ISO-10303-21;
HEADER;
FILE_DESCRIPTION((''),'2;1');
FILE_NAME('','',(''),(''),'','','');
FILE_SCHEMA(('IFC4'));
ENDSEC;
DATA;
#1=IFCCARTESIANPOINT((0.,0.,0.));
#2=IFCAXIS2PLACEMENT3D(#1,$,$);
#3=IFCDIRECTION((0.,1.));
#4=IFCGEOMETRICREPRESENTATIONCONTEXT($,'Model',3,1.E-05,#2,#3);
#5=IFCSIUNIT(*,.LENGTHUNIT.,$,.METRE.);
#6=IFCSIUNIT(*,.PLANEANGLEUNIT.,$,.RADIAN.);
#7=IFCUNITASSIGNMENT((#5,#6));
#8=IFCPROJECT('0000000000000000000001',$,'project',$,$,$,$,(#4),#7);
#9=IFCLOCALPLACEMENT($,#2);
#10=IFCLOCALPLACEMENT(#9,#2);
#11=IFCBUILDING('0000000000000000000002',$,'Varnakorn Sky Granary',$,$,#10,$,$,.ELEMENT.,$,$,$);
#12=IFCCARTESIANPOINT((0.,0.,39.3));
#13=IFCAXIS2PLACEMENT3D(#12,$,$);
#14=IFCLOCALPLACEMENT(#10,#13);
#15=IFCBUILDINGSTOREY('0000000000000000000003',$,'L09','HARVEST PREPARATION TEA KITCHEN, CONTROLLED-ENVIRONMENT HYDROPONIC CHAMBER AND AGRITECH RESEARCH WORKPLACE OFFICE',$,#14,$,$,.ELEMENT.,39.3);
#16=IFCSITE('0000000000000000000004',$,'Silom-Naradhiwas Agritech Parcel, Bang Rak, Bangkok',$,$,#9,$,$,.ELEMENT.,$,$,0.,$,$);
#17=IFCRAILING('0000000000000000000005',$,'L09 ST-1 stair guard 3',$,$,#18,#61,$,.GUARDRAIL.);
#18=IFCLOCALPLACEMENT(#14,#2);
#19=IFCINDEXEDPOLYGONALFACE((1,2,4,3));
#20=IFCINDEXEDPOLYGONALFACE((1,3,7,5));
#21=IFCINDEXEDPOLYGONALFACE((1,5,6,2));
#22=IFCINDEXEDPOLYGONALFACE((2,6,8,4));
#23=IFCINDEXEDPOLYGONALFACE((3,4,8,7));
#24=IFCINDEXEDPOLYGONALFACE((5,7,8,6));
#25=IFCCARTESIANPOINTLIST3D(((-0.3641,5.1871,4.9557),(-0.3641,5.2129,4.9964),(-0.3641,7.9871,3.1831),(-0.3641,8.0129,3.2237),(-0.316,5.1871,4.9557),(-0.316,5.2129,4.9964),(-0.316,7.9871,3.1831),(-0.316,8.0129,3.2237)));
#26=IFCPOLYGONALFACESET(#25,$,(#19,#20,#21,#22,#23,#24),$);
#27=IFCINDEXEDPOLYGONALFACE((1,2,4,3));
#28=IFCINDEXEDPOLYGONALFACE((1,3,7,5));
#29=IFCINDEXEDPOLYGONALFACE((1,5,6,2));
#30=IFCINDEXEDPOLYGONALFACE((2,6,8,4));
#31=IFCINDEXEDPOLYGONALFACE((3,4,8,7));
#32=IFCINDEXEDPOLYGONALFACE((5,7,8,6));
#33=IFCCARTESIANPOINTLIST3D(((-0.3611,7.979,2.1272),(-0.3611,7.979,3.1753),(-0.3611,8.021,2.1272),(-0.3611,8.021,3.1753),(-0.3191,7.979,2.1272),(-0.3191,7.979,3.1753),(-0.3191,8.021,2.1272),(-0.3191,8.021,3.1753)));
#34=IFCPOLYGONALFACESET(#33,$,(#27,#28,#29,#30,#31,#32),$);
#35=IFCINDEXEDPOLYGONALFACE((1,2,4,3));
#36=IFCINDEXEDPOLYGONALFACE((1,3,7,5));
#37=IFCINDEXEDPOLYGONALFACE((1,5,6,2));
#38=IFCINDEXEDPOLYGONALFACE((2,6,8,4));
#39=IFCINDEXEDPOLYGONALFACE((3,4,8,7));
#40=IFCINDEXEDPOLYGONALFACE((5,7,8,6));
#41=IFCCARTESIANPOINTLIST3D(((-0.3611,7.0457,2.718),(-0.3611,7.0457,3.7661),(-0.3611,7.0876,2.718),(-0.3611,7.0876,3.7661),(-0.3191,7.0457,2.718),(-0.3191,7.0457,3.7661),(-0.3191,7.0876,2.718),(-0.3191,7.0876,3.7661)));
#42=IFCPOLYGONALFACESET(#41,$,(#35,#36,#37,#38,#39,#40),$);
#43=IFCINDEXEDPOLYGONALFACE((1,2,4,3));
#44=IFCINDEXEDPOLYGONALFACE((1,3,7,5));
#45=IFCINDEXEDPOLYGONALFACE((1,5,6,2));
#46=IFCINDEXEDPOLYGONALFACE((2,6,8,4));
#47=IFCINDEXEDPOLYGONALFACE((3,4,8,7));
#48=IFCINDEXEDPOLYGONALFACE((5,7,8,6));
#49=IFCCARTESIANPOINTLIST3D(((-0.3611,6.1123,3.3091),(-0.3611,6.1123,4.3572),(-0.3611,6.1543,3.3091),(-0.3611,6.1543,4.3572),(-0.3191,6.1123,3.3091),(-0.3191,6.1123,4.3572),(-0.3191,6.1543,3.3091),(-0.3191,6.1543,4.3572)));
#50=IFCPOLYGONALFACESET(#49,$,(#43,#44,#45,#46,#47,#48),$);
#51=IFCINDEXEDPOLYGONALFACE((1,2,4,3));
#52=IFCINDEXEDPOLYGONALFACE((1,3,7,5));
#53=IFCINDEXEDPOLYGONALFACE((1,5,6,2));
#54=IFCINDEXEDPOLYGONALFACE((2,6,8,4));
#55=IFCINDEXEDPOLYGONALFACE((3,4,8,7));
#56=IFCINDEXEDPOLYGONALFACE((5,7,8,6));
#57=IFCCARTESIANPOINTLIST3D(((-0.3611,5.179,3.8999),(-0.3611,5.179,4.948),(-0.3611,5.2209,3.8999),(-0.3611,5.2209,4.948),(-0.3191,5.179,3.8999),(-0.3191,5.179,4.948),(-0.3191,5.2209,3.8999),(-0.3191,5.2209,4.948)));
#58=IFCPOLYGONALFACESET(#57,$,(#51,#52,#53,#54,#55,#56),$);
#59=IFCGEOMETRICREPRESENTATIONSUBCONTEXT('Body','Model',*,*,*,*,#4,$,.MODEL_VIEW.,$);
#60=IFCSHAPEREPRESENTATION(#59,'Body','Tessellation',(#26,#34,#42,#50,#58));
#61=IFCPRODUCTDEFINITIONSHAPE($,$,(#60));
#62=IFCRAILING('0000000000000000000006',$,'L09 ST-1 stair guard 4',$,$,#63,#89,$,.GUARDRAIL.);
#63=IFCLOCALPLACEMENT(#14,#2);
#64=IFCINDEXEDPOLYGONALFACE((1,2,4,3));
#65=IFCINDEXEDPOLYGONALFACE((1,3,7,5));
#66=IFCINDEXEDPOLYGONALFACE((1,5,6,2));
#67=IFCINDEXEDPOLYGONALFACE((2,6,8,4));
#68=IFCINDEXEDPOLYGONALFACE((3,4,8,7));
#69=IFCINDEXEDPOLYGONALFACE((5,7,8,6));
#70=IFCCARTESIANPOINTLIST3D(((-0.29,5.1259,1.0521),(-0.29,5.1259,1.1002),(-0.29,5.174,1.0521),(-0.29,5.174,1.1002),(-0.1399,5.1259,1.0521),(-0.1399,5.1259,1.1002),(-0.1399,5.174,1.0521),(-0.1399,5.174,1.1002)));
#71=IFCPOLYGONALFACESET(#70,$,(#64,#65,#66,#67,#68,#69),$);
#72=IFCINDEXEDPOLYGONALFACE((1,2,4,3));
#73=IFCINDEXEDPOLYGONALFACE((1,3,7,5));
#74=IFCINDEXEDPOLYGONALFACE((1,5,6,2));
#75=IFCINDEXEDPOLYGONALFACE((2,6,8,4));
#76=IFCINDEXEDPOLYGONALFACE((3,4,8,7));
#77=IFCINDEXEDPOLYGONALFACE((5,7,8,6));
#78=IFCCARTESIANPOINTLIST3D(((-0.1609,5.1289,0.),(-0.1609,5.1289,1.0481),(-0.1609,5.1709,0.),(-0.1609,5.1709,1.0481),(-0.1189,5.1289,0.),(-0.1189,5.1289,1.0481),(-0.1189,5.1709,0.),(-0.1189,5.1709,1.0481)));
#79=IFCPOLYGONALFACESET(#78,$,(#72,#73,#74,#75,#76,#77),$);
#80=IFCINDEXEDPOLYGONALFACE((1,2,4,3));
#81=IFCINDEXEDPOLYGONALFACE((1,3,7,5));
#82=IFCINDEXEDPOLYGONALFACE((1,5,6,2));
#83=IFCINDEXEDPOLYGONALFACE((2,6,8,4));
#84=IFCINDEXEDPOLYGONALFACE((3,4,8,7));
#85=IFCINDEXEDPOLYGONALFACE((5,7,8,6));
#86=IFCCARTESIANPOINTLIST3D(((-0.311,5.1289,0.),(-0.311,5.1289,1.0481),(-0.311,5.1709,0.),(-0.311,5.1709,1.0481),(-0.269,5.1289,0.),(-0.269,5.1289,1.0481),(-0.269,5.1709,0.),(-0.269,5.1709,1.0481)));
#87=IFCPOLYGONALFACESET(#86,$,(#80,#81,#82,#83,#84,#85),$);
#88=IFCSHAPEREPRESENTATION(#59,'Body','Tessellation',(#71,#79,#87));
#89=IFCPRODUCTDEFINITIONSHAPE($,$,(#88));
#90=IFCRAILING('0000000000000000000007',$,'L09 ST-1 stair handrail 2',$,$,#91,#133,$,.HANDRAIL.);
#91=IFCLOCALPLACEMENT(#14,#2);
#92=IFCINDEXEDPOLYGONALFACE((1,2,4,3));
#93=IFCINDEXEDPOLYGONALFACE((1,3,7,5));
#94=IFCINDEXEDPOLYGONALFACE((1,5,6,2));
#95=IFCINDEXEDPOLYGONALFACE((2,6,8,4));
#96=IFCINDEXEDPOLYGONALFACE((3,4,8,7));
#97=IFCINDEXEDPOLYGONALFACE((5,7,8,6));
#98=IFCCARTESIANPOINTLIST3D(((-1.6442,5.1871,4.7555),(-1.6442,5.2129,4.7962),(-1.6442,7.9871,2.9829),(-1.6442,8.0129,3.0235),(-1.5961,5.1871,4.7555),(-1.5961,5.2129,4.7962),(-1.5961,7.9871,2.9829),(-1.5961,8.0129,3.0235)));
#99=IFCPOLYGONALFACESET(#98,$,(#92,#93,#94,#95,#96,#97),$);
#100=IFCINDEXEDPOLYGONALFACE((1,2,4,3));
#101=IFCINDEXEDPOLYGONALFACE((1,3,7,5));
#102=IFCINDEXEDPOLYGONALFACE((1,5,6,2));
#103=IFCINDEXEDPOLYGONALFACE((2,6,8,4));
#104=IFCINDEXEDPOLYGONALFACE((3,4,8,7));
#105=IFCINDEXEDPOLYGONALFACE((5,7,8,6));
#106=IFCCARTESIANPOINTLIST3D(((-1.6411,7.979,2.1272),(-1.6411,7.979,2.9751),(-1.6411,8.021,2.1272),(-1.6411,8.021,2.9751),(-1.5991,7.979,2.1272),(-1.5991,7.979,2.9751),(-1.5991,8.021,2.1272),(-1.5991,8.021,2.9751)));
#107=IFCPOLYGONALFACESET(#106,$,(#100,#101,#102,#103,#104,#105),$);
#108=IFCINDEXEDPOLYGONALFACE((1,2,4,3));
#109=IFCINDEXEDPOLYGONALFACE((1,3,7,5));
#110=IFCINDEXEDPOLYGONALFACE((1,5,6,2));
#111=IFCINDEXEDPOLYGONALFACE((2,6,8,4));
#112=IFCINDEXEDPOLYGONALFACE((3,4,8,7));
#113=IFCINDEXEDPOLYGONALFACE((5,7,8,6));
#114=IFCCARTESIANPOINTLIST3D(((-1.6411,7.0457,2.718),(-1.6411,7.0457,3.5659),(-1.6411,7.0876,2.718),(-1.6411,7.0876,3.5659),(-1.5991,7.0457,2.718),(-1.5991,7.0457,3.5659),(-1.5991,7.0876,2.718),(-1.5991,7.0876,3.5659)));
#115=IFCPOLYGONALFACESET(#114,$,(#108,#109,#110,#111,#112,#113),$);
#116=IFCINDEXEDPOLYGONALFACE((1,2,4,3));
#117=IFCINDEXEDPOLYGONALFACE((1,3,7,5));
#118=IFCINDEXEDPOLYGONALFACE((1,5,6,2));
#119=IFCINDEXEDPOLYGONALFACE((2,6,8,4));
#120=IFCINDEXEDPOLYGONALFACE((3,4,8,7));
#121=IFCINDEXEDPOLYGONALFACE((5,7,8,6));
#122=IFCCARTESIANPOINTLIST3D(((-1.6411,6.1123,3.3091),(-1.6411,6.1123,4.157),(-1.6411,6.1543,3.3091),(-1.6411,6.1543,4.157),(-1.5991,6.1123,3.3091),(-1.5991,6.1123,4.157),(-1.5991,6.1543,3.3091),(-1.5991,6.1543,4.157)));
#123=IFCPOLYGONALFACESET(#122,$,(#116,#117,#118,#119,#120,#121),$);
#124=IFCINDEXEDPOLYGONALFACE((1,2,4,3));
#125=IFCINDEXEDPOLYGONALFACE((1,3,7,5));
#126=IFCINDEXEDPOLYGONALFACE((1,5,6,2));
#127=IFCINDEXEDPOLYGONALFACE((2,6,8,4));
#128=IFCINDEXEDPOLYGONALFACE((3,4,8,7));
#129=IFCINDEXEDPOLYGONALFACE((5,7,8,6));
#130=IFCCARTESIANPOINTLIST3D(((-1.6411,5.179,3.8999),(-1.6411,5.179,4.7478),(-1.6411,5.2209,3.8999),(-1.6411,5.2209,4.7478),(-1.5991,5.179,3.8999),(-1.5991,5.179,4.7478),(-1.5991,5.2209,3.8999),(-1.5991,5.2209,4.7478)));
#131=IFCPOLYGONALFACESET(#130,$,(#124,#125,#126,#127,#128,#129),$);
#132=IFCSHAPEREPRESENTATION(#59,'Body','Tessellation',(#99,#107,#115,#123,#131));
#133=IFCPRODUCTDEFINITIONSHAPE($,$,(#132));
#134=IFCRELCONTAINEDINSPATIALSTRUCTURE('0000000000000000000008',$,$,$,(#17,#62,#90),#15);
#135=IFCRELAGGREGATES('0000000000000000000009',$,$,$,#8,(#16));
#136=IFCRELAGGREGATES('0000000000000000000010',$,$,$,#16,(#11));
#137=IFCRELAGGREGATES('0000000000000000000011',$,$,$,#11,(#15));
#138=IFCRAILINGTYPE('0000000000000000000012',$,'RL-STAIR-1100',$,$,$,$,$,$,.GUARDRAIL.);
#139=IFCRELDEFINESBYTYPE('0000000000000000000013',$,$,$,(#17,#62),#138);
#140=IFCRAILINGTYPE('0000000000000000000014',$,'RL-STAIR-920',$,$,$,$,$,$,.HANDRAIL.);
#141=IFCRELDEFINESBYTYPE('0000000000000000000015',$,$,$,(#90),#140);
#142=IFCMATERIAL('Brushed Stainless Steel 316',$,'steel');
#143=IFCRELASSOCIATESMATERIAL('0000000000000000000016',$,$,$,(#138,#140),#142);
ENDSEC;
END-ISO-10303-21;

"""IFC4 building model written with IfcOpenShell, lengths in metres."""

from ifc_helpers import new_model, si_unit, direction, frame, origin, origin_2d, place, context, subcontext, project, spatial, rectangle, extrude, material, type_object, element, save


model = new_model("IFC4")

# Units and contexts
model_context = context("Model", 3, precision=1e-05, world=origin(), true_north=direction((0.0, 1.0)))
body_context = subcontext(model_context, "Body", "Model", "MODEL_VIEW")
ifc_project = project(units=[si_unit("LENGTHUNIT", "METRE"), si_unit("PLANEANGLEUNIT", "RADIAN")], contexts=[model_context])

# Site, building, storey
site_placement = place(None, origin())
site = spatial("IfcSite", under=ifc_project, at=site_placement, Name="Silom-Naradhiwas Agritech Parcel, Bang Rak, Bangkok", CompositionType="ELEMENT", RefElevation=0.0)
building_placement = place(site_placement, origin())
building = spatial("IfcBuilding", under=site, at=building_placement, Name="Varnakorn Sky Granary", CompositionType="ELEMENT")
storey_placement = place(building_placement, frame((0.0, 0.0, 39.3)))
storey = spatial("IfcBuildingStorey", under=building, at=storey_placement, Name="L09", Description="HARVEST PREPARATION TEA KITCHEN, CONTROLLED-ENVIRONMENT HYDROPONIC CHAMBER AND AGRITECH RESEARCH WORKPLACE OFFICE", CompositionType="ELEMENT", Elevation=39.3)

# Railings
ifc_material_1 = material(Name="Brushed Stainless Steel 316", Category="steel")
railing_type_1 = type_object("IfcRailingType", Name="RL-STAIR-1100", PredefinedType="GUARDRAIL", material=ifc_material_1)
railing_1_placement = place(storey_placement, frame((-0.3401, 8.0, 2.1272)))
element("IfcRailing", 1, at=railing_1_placement, inside=storey, type_object=railing_type_1, Name="L09 ST-1 stair guard 3", PredefinedType="GUARDRAIL", context=body_context, shape_type="SweptSolid", body=[
    extrude(rectangle(XDim=0.0481, YDim=0.0481, at=origin_2d()), frame((0.0, 0.0, 1.0762), z_axis=(0.0, -0.844909, 0.53491), x_axis=(1.0, 0.0, 0.0)), (0.0, 0.0, 1.0), 3.314),
    extrude(rectangle(XDim=0.042, YDim=0.042, at=origin_2d()), origin(), (0.0, 0.0, 1.0), 1.0481),
    extrude(rectangle(XDim=0.042, YDim=0.042, at=origin_2d()), frame((0.0, -0.9333, 0.5908)), (0.0, 0.0, 1.0), 1.0481),
    extrude(rectangle(XDim=0.042, YDim=0.042, at=origin_2d()), frame((0.0, -1.8667, 1.1819)), (0.0, 0.0, 1.0), 1.0481),
    extrude(rectangle(XDim=0.042, YDim=0.042, at=origin_2d()), frame((0.0, -2.8, 1.7727)), (0.0, 0.0, 1.0), 1.0481),
])
railing_2_placement = place(storey_placement, frame((-0.1399, 5.1499, 0.0)))
element("IfcRailing", 2, at=railing_2_placement, inside=storey, type_object=railing_type_1, Name="L09 ST-1 stair guard 4", PredefinedType="GUARDRAIL", context=body_context, shape_type="SweptSolid", body=[
    extrude(rectangle(XDim=0.0481, YDim=0.0481, at=origin_2d()), frame((0.0, 0.0, 1.0762), z_axis=(-1.0, 0.0, 0.0), x_axis=(0.0, -1.0, 0.0)), (0.0, 0.0, 1.0), 0.1501),
    extrude(rectangle(XDim=0.042, YDim=0.042, at=origin_2d()), origin(), (0.0, 0.0, 1.0), 1.0481),
    extrude(rectangle(XDim=0.042, YDim=0.042, at=origin_2d()), frame((-0.1501, 0.0, 0.0)), (0.0, 0.0, 1.0), 1.0481),
])
railing_type_2 = type_object("IfcRailingType", Name="RL-STAIR-920", PredefinedType="HANDRAIL", material=ifc_material_1)
railing_3_placement = place(storey_placement, frame((-1.6201, 8.0, 2.1272)))
element("IfcRailing", 3, at=railing_3_placement, inside=storey, type_object=railing_type_2, Name="L09 ST-1 stair handrail 2", PredefinedType="HANDRAIL", context=body_context, shape_type="SweptSolid", body=[
    extrude(rectangle(XDim=0.0481, YDim=0.0481, at=origin_2d()), frame((0.0, 0.0, 0.876), z_axis=(0.0, -0.844909, 0.53491), x_axis=(1.0, 0.0, 0.0)), (0.0, 0.0, 1.0), 3.314),
    extrude(rectangle(XDim=0.042, YDim=0.042, at=origin_2d()), origin(), (0.0, 0.0, 1.0), 0.8479),
    extrude(rectangle(XDim=0.042, YDim=0.042, at=origin_2d()), frame((0.0, -0.9333, 0.5908)), (0.0, 0.0, 1.0), 0.8479),
    extrude(rectangle(XDim=0.042, YDim=0.042, at=origin_2d()), frame((0.0, -1.8667, 1.1819)), (0.0, 0.0, 1.0), 0.8479),
    extrude(rectangle(XDim=0.042, YDim=0.042, at=origin_2d()), frame((0.0, -2.8, 1.7727)), (0.0, 0.0, 1.0), 0.8479),
])

save(model, "model.ifc")
